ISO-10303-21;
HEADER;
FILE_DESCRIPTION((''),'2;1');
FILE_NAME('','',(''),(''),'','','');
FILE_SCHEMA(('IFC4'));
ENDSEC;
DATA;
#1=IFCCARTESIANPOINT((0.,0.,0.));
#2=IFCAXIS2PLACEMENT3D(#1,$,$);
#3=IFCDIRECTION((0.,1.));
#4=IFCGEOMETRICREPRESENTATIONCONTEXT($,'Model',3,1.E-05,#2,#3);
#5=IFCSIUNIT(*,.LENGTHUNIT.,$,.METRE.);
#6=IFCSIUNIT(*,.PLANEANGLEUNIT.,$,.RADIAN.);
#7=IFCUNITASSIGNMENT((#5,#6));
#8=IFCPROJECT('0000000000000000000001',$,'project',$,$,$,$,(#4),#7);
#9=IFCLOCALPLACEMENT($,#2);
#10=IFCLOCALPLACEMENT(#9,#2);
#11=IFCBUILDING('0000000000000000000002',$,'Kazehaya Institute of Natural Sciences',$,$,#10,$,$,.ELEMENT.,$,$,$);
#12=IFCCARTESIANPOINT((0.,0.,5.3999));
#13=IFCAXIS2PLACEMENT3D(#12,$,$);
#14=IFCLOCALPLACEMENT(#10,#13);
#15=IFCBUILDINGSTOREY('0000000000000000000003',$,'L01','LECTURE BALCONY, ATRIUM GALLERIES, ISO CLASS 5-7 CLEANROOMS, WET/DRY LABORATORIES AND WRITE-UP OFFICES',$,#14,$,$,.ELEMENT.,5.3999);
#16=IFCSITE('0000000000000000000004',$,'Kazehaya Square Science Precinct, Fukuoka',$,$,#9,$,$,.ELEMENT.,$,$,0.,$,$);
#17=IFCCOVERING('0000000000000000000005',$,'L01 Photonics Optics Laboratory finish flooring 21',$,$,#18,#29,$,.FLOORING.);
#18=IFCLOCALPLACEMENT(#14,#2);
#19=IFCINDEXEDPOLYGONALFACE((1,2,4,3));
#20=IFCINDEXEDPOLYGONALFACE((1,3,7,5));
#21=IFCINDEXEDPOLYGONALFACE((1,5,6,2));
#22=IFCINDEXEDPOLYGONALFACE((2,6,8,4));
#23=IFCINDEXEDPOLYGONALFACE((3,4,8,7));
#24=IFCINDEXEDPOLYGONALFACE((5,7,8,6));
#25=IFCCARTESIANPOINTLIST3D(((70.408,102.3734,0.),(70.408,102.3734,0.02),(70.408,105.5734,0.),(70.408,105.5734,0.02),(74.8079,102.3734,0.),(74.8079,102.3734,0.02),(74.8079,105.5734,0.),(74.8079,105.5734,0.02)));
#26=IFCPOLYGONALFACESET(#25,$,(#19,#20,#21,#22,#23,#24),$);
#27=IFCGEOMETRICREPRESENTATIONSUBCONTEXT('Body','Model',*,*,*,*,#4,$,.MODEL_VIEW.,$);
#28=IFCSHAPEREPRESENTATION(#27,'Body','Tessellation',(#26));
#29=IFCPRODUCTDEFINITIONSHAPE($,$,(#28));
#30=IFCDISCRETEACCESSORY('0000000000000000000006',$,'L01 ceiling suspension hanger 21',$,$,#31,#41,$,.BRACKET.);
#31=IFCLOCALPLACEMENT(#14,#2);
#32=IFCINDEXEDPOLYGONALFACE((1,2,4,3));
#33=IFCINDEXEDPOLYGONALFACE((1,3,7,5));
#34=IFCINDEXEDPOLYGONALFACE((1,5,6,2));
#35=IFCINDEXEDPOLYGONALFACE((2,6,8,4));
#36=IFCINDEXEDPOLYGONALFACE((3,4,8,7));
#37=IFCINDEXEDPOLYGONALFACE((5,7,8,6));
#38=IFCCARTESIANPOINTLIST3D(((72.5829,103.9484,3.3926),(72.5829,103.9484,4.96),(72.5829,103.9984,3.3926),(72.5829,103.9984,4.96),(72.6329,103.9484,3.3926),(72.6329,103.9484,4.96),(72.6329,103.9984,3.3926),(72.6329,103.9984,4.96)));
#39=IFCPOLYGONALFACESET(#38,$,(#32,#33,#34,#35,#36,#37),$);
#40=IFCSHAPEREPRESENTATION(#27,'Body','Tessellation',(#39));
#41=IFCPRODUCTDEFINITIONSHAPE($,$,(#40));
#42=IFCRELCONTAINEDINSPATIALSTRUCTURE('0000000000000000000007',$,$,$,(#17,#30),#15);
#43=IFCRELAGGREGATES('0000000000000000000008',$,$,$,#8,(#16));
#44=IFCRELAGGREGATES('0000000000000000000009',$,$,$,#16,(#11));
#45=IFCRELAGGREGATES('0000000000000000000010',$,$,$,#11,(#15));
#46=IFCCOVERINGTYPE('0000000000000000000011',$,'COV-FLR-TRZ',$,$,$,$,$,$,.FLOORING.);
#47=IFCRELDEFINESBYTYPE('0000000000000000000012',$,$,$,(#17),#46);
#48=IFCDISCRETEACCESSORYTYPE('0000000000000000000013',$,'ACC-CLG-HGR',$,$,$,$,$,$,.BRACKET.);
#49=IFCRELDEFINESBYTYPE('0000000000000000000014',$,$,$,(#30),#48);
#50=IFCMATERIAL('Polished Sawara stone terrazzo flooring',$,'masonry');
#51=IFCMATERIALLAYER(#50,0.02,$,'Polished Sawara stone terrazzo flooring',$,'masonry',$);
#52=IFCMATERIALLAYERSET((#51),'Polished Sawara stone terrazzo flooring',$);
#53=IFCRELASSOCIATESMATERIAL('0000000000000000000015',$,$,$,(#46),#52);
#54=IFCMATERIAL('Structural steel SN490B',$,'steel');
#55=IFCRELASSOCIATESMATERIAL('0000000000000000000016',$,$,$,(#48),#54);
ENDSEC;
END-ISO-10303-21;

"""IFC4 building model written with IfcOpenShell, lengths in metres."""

from ifc_helpers import new_model, si_unit, direction, frame, origin, origin_2d, place, context, subcontext, project, spatial, rectangle, extrude, material, layer, layer_set, type_object, element, save


model = new_model("IFC4")

# Units and contexts
model_context = context("Model", 3, precision=1e-05, world=origin(), true_north=direction((0.0, 1.0)))
body_context = subcontext(model_context, "Body", "Model", "MODEL_VIEW")
ifc_project = project(units=[si_unit("LENGTHUNIT", "METRE"), si_unit("PLANEANGLEUNIT", "RADIAN")], contexts=[model_context])

# Site, building, storey
site_placement = place(None, origin())
site = spatial("IfcSite", under=ifc_project, at=site_placement, Name="Kazehaya Square Science Precinct, Fukuoka", CompositionType="ELEMENT", RefElevation=0.0)
building_placement = place(site_placement, origin())
building = spatial("IfcBuilding", under=site, at=building_placement, Name="Kazehaya Institute of Natural Sciences", CompositionType="ELEMENT")
storey_placement = place(building_placement, frame((0.0, 0.0, 5.3999)))
storey = spatial("IfcBuildingStorey", under=building, at=storey_placement, Name="L01", Description="LECTURE BALCONY, ATRIUM GALLERIES, ISO CLASS 5-7 CLEANROOMS, WET/DRY LABORATORIES AND WRITE-UP OFFICES", CompositionType="ELEMENT", Elevation=5.3999)

# Covering
ifc_material_1 = material(Name="Polished Sawara stone terrazzo flooring", Category="masonry")
ifc_layer_1 = layer(ifc_material_1, 0.02, Name="Polished Sawara stone terrazzo flooring", Category="masonry")
ifc_layer_set_1 = layer_set([ifc_layer_1], Name="Polished Sawara stone terrazzo flooring")
covering_type_1 = type_object("IfcCoveringType", Name="COV-FLR-TRZ", PredefinedType="FLOORING", material=ifc_layer_set_1)
covering_1_placement = place(storey_placement, frame((72.6079, 103.9734, 0.0), z_axis=(0.0, 0.0, 1.0), x_axis=(1.0, 0.0, 0.0)))
element("IfcCovering", 1, at=covering_1_placement, inside=storey, type_object=covering_type_1, Name="L01 Photonics Optics Laboratory finish flooring 21", PredefinedType="FLOORING", context=body_context, shape_type="SweptSolid", body=[
    extrude(rectangle(XDim=4.3999, YDim=3.2, at=origin_2d()), origin(), (0.0, 0.0, 1.0), 0.02),
])

# Discrete accessory
ifc_material_2 = material(Name="Structural steel SN490B", Category="steel")
discrete_accessory_type = type_object("IfcDiscreteAccessoryType", Name="ACC-CLG-HGR", PredefinedType="BRACKET", material=ifc_material_2)
discrete_accessory_placement = place(storey_placement, frame((72.6079, 103.9734, 3.3926), z_axis=(0.0, 0.0, 1.0), x_axis=(1.0, 0.0, 0.0)))
element("IfcDiscreteAccessory", 2, at=discrete_accessory_placement, inside=storey, type_object=discrete_accessory_type, Name="L01 ceiling suspension hanger 21", PredefinedType="BRACKET", context=body_context, shape_type="SweptSolid", body=[
    extrude(rectangle(XDim=0.05, YDim=0.05, at=origin_2d()), origin(), (0.0, 0.0, 1.0), 1.5674),
])

save(model, "model.ifc")
